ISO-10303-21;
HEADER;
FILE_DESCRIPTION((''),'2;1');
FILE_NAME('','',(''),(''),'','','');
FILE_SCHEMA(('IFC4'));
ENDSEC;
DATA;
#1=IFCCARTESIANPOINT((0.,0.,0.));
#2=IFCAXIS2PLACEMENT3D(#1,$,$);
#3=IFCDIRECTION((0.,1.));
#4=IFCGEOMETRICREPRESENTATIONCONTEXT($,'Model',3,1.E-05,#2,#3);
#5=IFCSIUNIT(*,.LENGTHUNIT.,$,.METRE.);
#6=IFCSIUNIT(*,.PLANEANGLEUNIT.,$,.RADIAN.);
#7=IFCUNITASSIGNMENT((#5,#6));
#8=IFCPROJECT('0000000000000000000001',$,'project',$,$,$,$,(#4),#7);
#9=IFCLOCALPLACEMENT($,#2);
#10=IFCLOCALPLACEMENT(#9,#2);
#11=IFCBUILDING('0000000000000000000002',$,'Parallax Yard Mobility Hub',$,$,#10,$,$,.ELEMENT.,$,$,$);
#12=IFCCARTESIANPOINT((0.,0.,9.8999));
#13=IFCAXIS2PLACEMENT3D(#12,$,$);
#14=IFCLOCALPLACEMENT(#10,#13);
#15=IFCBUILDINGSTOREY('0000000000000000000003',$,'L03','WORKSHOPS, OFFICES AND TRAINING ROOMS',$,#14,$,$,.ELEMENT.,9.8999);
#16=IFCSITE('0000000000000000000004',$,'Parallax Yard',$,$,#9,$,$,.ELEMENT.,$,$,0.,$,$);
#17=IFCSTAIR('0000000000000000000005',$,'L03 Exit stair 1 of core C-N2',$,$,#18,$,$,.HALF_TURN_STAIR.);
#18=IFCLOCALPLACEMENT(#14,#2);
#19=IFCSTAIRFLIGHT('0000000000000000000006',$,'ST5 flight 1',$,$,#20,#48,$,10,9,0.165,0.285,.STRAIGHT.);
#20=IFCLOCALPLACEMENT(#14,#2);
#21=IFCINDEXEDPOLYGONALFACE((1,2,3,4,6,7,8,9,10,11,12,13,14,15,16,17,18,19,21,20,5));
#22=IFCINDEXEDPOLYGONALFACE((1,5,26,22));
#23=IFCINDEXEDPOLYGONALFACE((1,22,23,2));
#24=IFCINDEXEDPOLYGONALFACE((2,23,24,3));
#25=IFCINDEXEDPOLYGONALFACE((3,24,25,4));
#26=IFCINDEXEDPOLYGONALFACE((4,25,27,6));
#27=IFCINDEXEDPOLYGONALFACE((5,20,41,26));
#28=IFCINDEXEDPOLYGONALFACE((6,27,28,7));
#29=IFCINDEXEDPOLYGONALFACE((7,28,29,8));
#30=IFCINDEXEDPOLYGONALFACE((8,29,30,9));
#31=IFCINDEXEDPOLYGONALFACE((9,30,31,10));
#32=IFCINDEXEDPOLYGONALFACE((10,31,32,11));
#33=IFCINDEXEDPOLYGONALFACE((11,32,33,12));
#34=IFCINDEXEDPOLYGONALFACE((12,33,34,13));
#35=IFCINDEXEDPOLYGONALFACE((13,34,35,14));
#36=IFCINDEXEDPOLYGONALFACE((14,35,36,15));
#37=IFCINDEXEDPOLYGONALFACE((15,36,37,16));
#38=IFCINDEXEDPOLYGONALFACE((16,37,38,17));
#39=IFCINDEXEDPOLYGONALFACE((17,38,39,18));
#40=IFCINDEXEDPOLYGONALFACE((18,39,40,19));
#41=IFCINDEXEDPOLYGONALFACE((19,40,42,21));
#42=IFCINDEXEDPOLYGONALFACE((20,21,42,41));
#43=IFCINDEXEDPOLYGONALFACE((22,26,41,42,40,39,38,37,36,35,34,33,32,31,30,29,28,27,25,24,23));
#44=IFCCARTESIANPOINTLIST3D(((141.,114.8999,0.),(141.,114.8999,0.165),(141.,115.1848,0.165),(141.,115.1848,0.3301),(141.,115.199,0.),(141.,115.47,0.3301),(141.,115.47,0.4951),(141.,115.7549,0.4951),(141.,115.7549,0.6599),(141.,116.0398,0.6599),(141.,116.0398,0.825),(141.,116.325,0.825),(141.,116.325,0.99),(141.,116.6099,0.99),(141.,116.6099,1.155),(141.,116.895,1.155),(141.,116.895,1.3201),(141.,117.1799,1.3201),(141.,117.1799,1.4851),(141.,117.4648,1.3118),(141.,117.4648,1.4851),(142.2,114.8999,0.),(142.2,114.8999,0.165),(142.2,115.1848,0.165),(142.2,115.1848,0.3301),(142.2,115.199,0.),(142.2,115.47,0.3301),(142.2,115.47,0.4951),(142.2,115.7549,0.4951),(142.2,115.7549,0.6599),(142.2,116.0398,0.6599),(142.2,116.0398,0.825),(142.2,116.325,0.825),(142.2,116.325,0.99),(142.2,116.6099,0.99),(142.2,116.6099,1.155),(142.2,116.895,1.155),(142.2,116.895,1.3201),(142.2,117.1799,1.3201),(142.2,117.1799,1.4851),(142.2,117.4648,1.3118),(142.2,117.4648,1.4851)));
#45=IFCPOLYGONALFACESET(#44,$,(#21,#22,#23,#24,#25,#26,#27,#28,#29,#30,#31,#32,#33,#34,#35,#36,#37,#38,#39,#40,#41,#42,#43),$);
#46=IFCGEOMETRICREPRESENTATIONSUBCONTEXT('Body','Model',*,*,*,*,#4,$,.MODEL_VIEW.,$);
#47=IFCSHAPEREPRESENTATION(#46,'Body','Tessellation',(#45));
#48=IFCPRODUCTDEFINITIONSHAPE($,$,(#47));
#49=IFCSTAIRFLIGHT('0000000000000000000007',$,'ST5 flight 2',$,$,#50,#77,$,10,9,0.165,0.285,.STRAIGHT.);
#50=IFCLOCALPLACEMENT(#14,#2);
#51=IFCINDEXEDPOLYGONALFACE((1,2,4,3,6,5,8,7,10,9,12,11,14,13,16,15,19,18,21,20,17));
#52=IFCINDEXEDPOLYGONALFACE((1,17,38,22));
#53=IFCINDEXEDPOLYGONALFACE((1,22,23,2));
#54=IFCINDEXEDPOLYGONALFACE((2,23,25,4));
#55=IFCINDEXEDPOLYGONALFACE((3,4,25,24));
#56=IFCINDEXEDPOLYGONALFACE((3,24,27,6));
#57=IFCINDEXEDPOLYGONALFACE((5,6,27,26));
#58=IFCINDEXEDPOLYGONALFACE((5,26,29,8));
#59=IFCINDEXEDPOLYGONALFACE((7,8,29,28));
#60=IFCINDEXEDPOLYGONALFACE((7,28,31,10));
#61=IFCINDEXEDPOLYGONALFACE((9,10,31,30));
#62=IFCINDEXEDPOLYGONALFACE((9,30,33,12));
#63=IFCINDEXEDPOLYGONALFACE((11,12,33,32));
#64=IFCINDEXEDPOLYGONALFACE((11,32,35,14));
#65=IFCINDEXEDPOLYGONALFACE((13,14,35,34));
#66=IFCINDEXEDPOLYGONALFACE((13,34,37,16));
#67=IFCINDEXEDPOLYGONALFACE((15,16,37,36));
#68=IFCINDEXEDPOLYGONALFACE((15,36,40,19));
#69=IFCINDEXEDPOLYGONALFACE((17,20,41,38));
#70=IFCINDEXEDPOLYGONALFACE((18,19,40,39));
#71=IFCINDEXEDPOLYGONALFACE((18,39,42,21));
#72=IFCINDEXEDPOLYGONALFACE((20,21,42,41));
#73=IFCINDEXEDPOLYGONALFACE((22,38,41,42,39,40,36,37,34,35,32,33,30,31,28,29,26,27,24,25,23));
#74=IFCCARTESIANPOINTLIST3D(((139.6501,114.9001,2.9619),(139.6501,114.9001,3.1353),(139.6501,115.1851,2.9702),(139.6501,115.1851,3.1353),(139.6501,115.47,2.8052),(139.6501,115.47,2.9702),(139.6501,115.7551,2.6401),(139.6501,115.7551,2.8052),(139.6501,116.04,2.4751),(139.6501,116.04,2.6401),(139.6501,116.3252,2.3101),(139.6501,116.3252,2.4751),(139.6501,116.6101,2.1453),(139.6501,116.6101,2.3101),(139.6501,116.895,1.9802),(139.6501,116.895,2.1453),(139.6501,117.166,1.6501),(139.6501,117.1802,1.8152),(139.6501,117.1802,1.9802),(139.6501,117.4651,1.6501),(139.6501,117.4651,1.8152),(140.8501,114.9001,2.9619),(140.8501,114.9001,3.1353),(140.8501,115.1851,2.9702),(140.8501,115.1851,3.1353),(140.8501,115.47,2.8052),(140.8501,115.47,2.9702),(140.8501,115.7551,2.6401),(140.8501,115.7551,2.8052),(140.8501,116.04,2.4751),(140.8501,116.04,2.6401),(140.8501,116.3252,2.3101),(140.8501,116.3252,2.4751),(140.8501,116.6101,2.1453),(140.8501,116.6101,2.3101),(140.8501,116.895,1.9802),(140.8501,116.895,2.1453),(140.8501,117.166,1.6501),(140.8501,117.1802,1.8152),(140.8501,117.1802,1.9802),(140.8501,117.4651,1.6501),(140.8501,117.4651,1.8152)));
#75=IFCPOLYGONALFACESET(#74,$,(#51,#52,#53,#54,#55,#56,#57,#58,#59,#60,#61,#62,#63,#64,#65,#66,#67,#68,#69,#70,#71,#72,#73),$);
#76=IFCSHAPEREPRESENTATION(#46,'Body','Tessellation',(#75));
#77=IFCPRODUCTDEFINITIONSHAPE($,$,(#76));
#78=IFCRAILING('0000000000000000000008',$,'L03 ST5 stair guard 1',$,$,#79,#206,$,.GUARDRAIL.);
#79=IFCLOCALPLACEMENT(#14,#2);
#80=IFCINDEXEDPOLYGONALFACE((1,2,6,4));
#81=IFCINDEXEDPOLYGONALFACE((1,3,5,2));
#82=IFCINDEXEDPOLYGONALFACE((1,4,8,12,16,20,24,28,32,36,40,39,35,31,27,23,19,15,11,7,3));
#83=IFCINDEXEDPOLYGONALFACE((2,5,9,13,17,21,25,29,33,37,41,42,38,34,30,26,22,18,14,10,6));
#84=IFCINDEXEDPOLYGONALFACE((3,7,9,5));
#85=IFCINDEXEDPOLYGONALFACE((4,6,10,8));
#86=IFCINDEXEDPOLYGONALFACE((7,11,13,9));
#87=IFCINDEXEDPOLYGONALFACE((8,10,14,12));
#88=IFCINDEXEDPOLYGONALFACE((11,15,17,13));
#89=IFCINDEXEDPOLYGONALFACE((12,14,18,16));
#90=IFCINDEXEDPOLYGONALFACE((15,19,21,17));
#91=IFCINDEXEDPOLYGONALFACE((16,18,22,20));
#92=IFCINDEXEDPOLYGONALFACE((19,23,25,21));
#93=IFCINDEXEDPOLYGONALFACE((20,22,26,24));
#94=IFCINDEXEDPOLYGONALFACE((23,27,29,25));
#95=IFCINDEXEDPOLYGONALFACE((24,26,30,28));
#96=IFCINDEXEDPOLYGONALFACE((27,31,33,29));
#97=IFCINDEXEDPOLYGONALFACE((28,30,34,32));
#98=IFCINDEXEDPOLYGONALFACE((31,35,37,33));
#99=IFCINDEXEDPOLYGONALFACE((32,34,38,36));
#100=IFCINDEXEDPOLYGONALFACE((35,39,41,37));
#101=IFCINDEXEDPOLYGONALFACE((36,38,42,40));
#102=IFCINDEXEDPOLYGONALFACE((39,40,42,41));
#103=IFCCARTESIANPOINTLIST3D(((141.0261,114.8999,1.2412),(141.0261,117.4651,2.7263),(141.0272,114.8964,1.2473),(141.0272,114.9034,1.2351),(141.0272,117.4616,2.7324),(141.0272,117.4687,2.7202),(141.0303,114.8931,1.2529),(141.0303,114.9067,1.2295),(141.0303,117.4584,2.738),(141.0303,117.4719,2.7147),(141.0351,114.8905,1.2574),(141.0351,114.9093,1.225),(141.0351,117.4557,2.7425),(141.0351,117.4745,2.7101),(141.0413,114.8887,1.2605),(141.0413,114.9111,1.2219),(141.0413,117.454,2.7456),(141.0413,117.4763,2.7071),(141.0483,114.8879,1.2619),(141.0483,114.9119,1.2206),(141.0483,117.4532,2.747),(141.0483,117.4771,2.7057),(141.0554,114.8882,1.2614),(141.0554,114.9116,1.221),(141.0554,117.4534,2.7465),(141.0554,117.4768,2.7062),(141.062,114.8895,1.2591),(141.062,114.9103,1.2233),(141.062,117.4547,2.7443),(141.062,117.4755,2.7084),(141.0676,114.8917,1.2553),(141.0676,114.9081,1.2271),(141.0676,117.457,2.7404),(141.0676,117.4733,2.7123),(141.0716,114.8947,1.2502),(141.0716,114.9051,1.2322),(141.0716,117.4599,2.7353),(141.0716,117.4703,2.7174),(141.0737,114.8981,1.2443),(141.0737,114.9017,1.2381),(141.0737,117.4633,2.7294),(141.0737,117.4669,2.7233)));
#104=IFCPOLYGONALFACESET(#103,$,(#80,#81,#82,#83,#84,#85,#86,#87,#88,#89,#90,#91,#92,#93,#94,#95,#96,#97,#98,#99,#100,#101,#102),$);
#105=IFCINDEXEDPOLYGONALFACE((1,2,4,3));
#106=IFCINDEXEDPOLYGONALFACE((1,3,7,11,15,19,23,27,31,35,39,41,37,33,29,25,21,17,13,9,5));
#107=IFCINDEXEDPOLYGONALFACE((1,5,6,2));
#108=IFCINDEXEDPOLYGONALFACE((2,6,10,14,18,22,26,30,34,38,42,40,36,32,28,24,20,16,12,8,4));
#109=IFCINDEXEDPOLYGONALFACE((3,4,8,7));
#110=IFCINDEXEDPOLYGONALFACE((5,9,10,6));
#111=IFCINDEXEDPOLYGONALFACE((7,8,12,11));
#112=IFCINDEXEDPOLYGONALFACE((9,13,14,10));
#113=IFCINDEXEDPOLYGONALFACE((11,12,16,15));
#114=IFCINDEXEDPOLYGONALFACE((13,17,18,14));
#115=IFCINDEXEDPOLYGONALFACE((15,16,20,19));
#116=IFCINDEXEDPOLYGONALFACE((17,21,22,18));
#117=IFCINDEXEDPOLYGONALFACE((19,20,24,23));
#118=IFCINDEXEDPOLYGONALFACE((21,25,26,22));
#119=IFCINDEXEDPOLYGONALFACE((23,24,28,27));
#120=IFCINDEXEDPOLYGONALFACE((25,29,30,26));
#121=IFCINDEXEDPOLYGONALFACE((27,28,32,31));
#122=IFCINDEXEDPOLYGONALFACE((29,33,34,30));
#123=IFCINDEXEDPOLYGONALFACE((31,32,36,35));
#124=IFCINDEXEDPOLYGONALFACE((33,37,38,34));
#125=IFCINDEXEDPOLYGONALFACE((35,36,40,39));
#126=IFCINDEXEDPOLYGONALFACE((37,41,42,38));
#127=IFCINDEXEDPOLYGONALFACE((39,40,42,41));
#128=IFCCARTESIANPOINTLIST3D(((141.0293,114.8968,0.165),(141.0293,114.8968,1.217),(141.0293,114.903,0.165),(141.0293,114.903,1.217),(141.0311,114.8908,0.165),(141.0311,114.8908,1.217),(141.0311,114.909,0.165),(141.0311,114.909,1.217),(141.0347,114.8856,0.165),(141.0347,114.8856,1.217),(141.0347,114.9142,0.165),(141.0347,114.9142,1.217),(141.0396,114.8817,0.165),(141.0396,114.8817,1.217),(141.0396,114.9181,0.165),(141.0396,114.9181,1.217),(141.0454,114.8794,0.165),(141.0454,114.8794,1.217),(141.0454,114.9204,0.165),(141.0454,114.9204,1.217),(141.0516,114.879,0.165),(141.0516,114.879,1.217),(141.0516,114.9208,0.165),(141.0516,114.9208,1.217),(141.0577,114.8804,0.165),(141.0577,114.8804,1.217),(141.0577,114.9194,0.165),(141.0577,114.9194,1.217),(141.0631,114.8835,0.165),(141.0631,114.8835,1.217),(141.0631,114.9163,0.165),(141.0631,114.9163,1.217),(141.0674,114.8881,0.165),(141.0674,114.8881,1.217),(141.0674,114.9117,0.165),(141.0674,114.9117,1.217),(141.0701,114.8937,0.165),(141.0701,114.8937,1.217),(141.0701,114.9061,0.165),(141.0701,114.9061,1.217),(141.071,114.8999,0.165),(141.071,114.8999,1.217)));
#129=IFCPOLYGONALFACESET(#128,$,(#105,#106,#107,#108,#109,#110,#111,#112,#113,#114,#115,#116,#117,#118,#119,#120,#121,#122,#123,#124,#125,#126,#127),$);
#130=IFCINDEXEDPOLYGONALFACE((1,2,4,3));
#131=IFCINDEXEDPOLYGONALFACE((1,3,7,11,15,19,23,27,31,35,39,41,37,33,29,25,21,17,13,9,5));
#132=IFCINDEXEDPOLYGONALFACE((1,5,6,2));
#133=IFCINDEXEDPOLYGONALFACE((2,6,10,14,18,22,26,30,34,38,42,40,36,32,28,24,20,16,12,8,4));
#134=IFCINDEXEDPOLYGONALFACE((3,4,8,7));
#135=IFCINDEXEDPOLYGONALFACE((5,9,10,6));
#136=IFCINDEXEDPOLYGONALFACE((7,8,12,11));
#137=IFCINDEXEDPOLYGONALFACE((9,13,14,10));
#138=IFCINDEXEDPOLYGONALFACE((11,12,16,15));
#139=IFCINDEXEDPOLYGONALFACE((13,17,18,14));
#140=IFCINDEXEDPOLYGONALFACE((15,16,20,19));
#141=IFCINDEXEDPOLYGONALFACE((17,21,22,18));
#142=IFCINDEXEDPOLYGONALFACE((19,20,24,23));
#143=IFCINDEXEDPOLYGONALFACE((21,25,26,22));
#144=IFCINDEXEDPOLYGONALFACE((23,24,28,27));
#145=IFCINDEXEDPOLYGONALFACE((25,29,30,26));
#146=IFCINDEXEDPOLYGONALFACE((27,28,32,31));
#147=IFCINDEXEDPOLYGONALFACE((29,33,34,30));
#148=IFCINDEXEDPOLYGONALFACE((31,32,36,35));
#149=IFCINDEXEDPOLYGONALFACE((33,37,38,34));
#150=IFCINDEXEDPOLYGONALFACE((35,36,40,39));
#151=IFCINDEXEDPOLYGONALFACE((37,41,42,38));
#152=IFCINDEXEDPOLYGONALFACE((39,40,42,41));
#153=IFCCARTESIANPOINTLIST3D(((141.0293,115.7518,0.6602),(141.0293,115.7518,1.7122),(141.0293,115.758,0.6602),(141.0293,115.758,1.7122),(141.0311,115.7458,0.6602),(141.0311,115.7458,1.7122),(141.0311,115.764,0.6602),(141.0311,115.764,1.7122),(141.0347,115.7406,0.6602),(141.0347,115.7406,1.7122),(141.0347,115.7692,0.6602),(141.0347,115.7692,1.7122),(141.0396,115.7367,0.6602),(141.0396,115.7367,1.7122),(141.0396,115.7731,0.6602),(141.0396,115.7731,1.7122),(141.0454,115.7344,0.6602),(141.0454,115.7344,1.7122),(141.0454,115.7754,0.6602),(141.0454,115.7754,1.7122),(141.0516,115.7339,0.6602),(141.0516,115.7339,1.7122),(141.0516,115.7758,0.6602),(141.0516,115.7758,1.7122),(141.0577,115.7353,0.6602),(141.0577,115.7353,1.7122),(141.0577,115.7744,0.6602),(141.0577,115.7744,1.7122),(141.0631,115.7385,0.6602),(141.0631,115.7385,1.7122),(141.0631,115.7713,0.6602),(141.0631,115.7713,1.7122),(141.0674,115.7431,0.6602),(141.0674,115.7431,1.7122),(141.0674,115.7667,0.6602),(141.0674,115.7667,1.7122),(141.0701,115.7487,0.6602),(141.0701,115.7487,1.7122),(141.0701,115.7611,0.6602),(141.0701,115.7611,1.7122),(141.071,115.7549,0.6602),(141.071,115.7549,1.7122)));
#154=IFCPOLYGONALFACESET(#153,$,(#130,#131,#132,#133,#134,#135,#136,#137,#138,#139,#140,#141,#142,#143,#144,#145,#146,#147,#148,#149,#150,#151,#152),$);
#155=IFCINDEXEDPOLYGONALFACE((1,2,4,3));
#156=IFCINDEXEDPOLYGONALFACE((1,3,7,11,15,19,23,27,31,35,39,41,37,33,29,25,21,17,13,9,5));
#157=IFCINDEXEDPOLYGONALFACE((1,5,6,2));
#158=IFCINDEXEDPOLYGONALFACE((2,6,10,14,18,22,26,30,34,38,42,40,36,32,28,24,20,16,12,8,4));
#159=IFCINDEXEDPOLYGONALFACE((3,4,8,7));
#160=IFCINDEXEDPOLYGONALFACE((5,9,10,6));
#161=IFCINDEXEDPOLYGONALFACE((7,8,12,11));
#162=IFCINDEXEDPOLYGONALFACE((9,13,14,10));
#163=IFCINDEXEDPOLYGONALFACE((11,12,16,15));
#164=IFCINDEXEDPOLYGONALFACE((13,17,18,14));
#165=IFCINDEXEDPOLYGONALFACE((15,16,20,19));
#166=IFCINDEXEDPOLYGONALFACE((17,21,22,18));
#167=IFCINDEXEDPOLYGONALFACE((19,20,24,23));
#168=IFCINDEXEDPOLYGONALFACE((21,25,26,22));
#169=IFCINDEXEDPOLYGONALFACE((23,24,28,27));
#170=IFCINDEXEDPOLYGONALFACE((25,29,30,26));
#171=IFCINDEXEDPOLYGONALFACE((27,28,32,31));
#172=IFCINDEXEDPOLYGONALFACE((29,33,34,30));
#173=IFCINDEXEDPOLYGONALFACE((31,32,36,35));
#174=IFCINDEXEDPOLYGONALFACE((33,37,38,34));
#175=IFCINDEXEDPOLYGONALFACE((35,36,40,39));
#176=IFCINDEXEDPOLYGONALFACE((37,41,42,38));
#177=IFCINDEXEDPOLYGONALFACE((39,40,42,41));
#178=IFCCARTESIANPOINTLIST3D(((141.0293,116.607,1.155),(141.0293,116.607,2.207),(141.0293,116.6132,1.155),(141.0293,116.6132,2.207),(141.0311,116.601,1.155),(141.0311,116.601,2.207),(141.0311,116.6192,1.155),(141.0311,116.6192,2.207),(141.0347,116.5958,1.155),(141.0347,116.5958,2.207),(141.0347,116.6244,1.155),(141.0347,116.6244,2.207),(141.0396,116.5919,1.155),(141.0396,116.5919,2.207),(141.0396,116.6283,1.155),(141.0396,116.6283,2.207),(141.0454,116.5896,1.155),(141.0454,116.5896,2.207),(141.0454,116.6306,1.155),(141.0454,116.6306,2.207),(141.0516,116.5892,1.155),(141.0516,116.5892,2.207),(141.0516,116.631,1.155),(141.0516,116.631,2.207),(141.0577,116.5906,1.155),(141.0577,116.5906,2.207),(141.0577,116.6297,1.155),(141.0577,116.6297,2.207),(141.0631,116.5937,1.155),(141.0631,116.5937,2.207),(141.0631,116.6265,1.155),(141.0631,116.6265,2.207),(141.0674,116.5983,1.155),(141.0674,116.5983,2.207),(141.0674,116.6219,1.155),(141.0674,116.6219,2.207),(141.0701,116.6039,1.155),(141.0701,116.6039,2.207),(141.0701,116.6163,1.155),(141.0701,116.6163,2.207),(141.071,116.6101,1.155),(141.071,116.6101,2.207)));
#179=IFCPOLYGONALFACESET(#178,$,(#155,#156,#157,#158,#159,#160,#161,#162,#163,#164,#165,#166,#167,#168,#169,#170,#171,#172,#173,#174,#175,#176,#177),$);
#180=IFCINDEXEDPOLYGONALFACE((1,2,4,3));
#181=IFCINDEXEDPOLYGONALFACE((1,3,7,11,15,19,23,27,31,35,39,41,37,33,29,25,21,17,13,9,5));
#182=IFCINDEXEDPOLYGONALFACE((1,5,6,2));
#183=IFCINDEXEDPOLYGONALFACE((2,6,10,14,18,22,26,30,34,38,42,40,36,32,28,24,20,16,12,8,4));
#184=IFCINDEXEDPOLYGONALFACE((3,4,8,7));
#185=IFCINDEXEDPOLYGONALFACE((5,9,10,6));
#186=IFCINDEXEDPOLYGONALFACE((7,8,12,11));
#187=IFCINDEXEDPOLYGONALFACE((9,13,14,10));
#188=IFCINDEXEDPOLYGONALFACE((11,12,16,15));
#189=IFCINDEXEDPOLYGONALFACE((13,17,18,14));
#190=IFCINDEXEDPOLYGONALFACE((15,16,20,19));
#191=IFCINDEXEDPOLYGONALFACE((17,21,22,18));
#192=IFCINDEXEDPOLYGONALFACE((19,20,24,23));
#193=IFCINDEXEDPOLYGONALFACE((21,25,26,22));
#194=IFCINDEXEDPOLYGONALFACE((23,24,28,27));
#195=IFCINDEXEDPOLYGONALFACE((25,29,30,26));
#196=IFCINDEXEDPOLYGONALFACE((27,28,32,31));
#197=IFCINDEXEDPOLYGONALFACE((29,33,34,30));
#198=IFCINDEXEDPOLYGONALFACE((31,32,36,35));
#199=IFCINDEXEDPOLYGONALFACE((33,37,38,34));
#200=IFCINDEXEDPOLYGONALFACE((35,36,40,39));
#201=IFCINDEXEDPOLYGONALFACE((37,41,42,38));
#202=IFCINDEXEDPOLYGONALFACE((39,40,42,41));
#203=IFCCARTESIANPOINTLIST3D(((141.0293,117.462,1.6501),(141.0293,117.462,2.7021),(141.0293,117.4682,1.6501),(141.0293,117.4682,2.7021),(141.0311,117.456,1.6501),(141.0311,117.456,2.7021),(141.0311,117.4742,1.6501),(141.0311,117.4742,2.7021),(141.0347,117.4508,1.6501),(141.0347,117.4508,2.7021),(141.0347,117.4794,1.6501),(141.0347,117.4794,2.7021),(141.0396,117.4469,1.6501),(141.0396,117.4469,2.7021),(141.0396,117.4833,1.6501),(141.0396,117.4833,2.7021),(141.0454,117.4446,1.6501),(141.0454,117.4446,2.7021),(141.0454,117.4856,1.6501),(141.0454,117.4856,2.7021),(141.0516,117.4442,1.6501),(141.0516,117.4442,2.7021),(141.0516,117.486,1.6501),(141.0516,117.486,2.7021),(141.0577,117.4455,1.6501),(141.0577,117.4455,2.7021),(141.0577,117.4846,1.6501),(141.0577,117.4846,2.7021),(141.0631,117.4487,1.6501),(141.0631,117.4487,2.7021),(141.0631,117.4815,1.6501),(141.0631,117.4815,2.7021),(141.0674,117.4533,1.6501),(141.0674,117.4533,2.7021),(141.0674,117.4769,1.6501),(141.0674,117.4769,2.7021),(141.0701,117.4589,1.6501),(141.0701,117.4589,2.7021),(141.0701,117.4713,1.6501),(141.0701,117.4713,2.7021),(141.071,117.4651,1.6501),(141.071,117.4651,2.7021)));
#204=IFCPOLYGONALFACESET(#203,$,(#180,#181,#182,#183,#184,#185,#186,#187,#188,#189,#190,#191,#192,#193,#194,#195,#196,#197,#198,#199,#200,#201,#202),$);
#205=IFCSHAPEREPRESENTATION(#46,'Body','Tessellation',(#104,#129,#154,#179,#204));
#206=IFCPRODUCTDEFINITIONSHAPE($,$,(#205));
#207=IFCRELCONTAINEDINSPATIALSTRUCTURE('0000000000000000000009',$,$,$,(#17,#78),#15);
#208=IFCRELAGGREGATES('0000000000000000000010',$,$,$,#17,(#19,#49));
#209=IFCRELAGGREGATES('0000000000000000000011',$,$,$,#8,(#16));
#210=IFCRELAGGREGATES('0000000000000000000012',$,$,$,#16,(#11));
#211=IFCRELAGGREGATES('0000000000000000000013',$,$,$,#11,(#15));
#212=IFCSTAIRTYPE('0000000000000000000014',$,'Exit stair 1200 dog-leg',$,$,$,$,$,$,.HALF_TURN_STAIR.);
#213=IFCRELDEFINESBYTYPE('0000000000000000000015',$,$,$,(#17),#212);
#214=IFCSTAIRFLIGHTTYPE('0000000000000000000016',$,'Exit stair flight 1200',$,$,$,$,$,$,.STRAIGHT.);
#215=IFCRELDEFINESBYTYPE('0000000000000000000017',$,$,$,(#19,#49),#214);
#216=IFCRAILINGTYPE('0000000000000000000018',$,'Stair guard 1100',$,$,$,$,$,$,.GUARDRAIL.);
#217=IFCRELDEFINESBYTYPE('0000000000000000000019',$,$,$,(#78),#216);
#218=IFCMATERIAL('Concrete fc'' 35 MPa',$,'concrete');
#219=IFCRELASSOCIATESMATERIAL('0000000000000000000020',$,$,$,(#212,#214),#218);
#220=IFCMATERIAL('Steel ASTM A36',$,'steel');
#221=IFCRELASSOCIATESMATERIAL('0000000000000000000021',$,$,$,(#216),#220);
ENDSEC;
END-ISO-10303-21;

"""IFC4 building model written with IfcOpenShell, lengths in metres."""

from ifc_helpers import new_model, si_unit, direction, frame, origin, origin_2d, place, context, subcontext, project, spatial, polyline, circle, outline, extrude, material, type_object, element, aggregate, save


model = new_model("IFC4")

# Units and contexts
model_context = context("Model", 3, precision=1e-05, world=origin(), true_north=direction((0.0, 1.0)))
body_context = subcontext(model_context, "Body", "Model", "MODEL_VIEW")
ifc_project = project(units=[si_unit("LENGTHUNIT", "METRE"), si_unit("PLANEANGLEUNIT", "RADIAN")], contexts=[model_context])

# Site, building, storey
site_placement = place(None, origin())
site = spatial("IfcSite", under=ifc_project, at=site_placement, Name="Parallax Yard", CompositionType="ELEMENT", RefElevation=0.0)
building_placement = place(site_placement, origin())
building = spatial("IfcBuilding", under=site, at=building_placement, Name="Parallax Yard Mobility Hub", CompositionType="ELEMENT")
storey_placement = place(building_placement, frame((0.0, 0.0, 9.8999)))
storey = spatial("IfcBuildingStorey", under=building, at=storey_placement, Name="L03", Description="WORKSHOPS, OFFICES AND TRAINING ROOMS", CompositionType="ELEMENT", Elevation=9.8999)

# Shared definitions
ifc_material_1 = material(Name="Concrete fc' 35 MPa", Category="concrete")

# Stair, stair flights
stair_type = type_object("IfcStairType", Name="Exit stair 1200 dog-leg", PredefinedType="HALF_TURN_STAIR", material=ifc_material_1)
stair_placement = place(storey_placement, origin())
stair = element("IfcStair", 1, at=stair_placement, inside=storey, type_object=stair_type, Name="L03 Exit stair 1 of core C-N2", PredefinedType="HALF_TURN_STAIR")
stair_flight_type = type_object("IfcStairFlightType", Name="Exit stair flight 1200", PredefinedType="STRAIGHT", material=ifc_material_1)
stair_flight_1_placement = place(storey_placement, frame((141.6001, 114.8999, 0.0), z_axis=(0.0, 0.0, 1.0), x_axis=(0.0, 1.0, 0.0)))
stair_flight_1 = element("IfcStairFlight", 2, at=stair_flight_1_placement, type_object=stair_flight_type, Name="ST5 flight 1", NumberOfRisers=10, NumberOfTreads=9, PredefinedType="STRAIGHT", RiserHeight=0.165, TreadLength=0.285, context=body_context, shape_type="SweptSolid", body=[
    extrude(outline(polyline([(0.0, 0.0), (0.0, 0.165), (0.2849, 0.165), (0.2849, 0.3301), (0.5701, 0.3301), (0.5701, 0.4951), (0.855, 0.4951), (0.855, 0.6599), (1.1399, 0.6599), (1.1399, 0.825), (1.425, 0.825), (1.425, 0.99), (1.71, 0.99), (1.71, 1.155), (1.9951, 1.155), (1.9951, 1.3201), (2.28, 1.3201), (2.28, 1.4851), (2.5649, 1.4851), (2.5649, 1.6499), (2.5649, 1.3118), (0.2991, 0.0), (0.0, 0.0)])), frame((0.0, 0.6001, 0.0), z_axis=(0.0, -1.0, 0.0), x_axis=(1.0, 0.0, 0.0)), (0.0, 0.0, 1.0), 1.2),
])
stair_flight_2_placement = place(storey_placement, frame((140.25, 117.4651, 1.6501), z_axis=(0.0, 0.0, 1.0), x_axis=(0.0, -1.0, 0.0)))
stair_flight_2 = element("IfcStairFlight", 3, at=stair_flight_2_placement, type_object=stair_flight_type, Name="ST5 flight 2", NumberOfRisers=10, NumberOfTreads=9, PredefinedType="STRAIGHT", RiserHeight=0.165, TreadLength=0.285, context=body_context, shape_type="SweptSolid", body=[
    extrude(outline(polyline([(0.0, 0.0), (0.0, 0.165), (0.2849, 0.165), (0.2849, 0.3301), (0.5701, 0.3301), (0.5701, 0.4951), (0.855, 0.4951), (0.855, 0.6599), (1.1399, 0.6599), (1.1399, 0.825), (1.425, 0.825), (1.425, 0.99), (1.71, 0.99), (1.71, 1.155), (1.9951, 1.155), (1.9951, 1.3201), (2.28, 1.3201), (2.28, 1.4851), (2.5649, 1.4851), (2.5649, 1.6499), (2.5649, 1.3118), (0.2991, 0.0), (0.0, 0.0)])), frame((0.0, 0.6001, 0.0), z_axis=(0.0, -1.0, 0.0), x_axis=(1.0, 0.0, 0.0)), (0.0, 0.0, 1.0), 1.2),
])
aggregate(stair, [stair_flight_1, stair_flight_2])

# Railing
ifc_material_2 = material(Name="Steel ASTM A36", Category="steel")
railing_type_1 = type_object("IfcRailingType", Name="Stair guard 1100", PredefinedType="GUARDRAIL", material=ifc_material_2)
railing_1_placement = place(storey_placement, frame((141.05, 114.8999, 0.165)))
element("IfcRailing", 4, at=railing_1_placement, inside=storey, type_object=railing_type_1, Name="L03 ST5 stair guard 1", PredefinedType="GUARDRAIL", context=body_context, shape_type="SweptSolid", body=[
    extrude(circle(Radius=0.0239, at=origin_2d()), frame((0.0, 0.0, 1.0762), z_axis=(0.0, 0.865426, 0.501036), x_axis=(-1.0, 0.0, 0.0)), (0.0, 0.0, 1.0), 2.9641),
    extrude(circle(Radius=0.021, at=origin_2d()), origin(), (0.0, 0.0, 1.0), 1.052),
    extrude(circle(Radius=0.021, at=origin_2d()), frame((0.0, 0.855, 0.4951)), (0.0, 0.0, 1.0), 1.052),
    extrude(circle(Radius=0.021, at=origin_2d()), frame((0.0, 1.7102, 0.99)), (0.0, 0.0, 1.0), 1.052),
    extrude(circle(Radius=0.021, at=origin_2d()), frame((0.0, 2.5652, 1.4851)), (0.0, 0.0, 1.0), 1.052),
])

save(model, "model.ifc")
